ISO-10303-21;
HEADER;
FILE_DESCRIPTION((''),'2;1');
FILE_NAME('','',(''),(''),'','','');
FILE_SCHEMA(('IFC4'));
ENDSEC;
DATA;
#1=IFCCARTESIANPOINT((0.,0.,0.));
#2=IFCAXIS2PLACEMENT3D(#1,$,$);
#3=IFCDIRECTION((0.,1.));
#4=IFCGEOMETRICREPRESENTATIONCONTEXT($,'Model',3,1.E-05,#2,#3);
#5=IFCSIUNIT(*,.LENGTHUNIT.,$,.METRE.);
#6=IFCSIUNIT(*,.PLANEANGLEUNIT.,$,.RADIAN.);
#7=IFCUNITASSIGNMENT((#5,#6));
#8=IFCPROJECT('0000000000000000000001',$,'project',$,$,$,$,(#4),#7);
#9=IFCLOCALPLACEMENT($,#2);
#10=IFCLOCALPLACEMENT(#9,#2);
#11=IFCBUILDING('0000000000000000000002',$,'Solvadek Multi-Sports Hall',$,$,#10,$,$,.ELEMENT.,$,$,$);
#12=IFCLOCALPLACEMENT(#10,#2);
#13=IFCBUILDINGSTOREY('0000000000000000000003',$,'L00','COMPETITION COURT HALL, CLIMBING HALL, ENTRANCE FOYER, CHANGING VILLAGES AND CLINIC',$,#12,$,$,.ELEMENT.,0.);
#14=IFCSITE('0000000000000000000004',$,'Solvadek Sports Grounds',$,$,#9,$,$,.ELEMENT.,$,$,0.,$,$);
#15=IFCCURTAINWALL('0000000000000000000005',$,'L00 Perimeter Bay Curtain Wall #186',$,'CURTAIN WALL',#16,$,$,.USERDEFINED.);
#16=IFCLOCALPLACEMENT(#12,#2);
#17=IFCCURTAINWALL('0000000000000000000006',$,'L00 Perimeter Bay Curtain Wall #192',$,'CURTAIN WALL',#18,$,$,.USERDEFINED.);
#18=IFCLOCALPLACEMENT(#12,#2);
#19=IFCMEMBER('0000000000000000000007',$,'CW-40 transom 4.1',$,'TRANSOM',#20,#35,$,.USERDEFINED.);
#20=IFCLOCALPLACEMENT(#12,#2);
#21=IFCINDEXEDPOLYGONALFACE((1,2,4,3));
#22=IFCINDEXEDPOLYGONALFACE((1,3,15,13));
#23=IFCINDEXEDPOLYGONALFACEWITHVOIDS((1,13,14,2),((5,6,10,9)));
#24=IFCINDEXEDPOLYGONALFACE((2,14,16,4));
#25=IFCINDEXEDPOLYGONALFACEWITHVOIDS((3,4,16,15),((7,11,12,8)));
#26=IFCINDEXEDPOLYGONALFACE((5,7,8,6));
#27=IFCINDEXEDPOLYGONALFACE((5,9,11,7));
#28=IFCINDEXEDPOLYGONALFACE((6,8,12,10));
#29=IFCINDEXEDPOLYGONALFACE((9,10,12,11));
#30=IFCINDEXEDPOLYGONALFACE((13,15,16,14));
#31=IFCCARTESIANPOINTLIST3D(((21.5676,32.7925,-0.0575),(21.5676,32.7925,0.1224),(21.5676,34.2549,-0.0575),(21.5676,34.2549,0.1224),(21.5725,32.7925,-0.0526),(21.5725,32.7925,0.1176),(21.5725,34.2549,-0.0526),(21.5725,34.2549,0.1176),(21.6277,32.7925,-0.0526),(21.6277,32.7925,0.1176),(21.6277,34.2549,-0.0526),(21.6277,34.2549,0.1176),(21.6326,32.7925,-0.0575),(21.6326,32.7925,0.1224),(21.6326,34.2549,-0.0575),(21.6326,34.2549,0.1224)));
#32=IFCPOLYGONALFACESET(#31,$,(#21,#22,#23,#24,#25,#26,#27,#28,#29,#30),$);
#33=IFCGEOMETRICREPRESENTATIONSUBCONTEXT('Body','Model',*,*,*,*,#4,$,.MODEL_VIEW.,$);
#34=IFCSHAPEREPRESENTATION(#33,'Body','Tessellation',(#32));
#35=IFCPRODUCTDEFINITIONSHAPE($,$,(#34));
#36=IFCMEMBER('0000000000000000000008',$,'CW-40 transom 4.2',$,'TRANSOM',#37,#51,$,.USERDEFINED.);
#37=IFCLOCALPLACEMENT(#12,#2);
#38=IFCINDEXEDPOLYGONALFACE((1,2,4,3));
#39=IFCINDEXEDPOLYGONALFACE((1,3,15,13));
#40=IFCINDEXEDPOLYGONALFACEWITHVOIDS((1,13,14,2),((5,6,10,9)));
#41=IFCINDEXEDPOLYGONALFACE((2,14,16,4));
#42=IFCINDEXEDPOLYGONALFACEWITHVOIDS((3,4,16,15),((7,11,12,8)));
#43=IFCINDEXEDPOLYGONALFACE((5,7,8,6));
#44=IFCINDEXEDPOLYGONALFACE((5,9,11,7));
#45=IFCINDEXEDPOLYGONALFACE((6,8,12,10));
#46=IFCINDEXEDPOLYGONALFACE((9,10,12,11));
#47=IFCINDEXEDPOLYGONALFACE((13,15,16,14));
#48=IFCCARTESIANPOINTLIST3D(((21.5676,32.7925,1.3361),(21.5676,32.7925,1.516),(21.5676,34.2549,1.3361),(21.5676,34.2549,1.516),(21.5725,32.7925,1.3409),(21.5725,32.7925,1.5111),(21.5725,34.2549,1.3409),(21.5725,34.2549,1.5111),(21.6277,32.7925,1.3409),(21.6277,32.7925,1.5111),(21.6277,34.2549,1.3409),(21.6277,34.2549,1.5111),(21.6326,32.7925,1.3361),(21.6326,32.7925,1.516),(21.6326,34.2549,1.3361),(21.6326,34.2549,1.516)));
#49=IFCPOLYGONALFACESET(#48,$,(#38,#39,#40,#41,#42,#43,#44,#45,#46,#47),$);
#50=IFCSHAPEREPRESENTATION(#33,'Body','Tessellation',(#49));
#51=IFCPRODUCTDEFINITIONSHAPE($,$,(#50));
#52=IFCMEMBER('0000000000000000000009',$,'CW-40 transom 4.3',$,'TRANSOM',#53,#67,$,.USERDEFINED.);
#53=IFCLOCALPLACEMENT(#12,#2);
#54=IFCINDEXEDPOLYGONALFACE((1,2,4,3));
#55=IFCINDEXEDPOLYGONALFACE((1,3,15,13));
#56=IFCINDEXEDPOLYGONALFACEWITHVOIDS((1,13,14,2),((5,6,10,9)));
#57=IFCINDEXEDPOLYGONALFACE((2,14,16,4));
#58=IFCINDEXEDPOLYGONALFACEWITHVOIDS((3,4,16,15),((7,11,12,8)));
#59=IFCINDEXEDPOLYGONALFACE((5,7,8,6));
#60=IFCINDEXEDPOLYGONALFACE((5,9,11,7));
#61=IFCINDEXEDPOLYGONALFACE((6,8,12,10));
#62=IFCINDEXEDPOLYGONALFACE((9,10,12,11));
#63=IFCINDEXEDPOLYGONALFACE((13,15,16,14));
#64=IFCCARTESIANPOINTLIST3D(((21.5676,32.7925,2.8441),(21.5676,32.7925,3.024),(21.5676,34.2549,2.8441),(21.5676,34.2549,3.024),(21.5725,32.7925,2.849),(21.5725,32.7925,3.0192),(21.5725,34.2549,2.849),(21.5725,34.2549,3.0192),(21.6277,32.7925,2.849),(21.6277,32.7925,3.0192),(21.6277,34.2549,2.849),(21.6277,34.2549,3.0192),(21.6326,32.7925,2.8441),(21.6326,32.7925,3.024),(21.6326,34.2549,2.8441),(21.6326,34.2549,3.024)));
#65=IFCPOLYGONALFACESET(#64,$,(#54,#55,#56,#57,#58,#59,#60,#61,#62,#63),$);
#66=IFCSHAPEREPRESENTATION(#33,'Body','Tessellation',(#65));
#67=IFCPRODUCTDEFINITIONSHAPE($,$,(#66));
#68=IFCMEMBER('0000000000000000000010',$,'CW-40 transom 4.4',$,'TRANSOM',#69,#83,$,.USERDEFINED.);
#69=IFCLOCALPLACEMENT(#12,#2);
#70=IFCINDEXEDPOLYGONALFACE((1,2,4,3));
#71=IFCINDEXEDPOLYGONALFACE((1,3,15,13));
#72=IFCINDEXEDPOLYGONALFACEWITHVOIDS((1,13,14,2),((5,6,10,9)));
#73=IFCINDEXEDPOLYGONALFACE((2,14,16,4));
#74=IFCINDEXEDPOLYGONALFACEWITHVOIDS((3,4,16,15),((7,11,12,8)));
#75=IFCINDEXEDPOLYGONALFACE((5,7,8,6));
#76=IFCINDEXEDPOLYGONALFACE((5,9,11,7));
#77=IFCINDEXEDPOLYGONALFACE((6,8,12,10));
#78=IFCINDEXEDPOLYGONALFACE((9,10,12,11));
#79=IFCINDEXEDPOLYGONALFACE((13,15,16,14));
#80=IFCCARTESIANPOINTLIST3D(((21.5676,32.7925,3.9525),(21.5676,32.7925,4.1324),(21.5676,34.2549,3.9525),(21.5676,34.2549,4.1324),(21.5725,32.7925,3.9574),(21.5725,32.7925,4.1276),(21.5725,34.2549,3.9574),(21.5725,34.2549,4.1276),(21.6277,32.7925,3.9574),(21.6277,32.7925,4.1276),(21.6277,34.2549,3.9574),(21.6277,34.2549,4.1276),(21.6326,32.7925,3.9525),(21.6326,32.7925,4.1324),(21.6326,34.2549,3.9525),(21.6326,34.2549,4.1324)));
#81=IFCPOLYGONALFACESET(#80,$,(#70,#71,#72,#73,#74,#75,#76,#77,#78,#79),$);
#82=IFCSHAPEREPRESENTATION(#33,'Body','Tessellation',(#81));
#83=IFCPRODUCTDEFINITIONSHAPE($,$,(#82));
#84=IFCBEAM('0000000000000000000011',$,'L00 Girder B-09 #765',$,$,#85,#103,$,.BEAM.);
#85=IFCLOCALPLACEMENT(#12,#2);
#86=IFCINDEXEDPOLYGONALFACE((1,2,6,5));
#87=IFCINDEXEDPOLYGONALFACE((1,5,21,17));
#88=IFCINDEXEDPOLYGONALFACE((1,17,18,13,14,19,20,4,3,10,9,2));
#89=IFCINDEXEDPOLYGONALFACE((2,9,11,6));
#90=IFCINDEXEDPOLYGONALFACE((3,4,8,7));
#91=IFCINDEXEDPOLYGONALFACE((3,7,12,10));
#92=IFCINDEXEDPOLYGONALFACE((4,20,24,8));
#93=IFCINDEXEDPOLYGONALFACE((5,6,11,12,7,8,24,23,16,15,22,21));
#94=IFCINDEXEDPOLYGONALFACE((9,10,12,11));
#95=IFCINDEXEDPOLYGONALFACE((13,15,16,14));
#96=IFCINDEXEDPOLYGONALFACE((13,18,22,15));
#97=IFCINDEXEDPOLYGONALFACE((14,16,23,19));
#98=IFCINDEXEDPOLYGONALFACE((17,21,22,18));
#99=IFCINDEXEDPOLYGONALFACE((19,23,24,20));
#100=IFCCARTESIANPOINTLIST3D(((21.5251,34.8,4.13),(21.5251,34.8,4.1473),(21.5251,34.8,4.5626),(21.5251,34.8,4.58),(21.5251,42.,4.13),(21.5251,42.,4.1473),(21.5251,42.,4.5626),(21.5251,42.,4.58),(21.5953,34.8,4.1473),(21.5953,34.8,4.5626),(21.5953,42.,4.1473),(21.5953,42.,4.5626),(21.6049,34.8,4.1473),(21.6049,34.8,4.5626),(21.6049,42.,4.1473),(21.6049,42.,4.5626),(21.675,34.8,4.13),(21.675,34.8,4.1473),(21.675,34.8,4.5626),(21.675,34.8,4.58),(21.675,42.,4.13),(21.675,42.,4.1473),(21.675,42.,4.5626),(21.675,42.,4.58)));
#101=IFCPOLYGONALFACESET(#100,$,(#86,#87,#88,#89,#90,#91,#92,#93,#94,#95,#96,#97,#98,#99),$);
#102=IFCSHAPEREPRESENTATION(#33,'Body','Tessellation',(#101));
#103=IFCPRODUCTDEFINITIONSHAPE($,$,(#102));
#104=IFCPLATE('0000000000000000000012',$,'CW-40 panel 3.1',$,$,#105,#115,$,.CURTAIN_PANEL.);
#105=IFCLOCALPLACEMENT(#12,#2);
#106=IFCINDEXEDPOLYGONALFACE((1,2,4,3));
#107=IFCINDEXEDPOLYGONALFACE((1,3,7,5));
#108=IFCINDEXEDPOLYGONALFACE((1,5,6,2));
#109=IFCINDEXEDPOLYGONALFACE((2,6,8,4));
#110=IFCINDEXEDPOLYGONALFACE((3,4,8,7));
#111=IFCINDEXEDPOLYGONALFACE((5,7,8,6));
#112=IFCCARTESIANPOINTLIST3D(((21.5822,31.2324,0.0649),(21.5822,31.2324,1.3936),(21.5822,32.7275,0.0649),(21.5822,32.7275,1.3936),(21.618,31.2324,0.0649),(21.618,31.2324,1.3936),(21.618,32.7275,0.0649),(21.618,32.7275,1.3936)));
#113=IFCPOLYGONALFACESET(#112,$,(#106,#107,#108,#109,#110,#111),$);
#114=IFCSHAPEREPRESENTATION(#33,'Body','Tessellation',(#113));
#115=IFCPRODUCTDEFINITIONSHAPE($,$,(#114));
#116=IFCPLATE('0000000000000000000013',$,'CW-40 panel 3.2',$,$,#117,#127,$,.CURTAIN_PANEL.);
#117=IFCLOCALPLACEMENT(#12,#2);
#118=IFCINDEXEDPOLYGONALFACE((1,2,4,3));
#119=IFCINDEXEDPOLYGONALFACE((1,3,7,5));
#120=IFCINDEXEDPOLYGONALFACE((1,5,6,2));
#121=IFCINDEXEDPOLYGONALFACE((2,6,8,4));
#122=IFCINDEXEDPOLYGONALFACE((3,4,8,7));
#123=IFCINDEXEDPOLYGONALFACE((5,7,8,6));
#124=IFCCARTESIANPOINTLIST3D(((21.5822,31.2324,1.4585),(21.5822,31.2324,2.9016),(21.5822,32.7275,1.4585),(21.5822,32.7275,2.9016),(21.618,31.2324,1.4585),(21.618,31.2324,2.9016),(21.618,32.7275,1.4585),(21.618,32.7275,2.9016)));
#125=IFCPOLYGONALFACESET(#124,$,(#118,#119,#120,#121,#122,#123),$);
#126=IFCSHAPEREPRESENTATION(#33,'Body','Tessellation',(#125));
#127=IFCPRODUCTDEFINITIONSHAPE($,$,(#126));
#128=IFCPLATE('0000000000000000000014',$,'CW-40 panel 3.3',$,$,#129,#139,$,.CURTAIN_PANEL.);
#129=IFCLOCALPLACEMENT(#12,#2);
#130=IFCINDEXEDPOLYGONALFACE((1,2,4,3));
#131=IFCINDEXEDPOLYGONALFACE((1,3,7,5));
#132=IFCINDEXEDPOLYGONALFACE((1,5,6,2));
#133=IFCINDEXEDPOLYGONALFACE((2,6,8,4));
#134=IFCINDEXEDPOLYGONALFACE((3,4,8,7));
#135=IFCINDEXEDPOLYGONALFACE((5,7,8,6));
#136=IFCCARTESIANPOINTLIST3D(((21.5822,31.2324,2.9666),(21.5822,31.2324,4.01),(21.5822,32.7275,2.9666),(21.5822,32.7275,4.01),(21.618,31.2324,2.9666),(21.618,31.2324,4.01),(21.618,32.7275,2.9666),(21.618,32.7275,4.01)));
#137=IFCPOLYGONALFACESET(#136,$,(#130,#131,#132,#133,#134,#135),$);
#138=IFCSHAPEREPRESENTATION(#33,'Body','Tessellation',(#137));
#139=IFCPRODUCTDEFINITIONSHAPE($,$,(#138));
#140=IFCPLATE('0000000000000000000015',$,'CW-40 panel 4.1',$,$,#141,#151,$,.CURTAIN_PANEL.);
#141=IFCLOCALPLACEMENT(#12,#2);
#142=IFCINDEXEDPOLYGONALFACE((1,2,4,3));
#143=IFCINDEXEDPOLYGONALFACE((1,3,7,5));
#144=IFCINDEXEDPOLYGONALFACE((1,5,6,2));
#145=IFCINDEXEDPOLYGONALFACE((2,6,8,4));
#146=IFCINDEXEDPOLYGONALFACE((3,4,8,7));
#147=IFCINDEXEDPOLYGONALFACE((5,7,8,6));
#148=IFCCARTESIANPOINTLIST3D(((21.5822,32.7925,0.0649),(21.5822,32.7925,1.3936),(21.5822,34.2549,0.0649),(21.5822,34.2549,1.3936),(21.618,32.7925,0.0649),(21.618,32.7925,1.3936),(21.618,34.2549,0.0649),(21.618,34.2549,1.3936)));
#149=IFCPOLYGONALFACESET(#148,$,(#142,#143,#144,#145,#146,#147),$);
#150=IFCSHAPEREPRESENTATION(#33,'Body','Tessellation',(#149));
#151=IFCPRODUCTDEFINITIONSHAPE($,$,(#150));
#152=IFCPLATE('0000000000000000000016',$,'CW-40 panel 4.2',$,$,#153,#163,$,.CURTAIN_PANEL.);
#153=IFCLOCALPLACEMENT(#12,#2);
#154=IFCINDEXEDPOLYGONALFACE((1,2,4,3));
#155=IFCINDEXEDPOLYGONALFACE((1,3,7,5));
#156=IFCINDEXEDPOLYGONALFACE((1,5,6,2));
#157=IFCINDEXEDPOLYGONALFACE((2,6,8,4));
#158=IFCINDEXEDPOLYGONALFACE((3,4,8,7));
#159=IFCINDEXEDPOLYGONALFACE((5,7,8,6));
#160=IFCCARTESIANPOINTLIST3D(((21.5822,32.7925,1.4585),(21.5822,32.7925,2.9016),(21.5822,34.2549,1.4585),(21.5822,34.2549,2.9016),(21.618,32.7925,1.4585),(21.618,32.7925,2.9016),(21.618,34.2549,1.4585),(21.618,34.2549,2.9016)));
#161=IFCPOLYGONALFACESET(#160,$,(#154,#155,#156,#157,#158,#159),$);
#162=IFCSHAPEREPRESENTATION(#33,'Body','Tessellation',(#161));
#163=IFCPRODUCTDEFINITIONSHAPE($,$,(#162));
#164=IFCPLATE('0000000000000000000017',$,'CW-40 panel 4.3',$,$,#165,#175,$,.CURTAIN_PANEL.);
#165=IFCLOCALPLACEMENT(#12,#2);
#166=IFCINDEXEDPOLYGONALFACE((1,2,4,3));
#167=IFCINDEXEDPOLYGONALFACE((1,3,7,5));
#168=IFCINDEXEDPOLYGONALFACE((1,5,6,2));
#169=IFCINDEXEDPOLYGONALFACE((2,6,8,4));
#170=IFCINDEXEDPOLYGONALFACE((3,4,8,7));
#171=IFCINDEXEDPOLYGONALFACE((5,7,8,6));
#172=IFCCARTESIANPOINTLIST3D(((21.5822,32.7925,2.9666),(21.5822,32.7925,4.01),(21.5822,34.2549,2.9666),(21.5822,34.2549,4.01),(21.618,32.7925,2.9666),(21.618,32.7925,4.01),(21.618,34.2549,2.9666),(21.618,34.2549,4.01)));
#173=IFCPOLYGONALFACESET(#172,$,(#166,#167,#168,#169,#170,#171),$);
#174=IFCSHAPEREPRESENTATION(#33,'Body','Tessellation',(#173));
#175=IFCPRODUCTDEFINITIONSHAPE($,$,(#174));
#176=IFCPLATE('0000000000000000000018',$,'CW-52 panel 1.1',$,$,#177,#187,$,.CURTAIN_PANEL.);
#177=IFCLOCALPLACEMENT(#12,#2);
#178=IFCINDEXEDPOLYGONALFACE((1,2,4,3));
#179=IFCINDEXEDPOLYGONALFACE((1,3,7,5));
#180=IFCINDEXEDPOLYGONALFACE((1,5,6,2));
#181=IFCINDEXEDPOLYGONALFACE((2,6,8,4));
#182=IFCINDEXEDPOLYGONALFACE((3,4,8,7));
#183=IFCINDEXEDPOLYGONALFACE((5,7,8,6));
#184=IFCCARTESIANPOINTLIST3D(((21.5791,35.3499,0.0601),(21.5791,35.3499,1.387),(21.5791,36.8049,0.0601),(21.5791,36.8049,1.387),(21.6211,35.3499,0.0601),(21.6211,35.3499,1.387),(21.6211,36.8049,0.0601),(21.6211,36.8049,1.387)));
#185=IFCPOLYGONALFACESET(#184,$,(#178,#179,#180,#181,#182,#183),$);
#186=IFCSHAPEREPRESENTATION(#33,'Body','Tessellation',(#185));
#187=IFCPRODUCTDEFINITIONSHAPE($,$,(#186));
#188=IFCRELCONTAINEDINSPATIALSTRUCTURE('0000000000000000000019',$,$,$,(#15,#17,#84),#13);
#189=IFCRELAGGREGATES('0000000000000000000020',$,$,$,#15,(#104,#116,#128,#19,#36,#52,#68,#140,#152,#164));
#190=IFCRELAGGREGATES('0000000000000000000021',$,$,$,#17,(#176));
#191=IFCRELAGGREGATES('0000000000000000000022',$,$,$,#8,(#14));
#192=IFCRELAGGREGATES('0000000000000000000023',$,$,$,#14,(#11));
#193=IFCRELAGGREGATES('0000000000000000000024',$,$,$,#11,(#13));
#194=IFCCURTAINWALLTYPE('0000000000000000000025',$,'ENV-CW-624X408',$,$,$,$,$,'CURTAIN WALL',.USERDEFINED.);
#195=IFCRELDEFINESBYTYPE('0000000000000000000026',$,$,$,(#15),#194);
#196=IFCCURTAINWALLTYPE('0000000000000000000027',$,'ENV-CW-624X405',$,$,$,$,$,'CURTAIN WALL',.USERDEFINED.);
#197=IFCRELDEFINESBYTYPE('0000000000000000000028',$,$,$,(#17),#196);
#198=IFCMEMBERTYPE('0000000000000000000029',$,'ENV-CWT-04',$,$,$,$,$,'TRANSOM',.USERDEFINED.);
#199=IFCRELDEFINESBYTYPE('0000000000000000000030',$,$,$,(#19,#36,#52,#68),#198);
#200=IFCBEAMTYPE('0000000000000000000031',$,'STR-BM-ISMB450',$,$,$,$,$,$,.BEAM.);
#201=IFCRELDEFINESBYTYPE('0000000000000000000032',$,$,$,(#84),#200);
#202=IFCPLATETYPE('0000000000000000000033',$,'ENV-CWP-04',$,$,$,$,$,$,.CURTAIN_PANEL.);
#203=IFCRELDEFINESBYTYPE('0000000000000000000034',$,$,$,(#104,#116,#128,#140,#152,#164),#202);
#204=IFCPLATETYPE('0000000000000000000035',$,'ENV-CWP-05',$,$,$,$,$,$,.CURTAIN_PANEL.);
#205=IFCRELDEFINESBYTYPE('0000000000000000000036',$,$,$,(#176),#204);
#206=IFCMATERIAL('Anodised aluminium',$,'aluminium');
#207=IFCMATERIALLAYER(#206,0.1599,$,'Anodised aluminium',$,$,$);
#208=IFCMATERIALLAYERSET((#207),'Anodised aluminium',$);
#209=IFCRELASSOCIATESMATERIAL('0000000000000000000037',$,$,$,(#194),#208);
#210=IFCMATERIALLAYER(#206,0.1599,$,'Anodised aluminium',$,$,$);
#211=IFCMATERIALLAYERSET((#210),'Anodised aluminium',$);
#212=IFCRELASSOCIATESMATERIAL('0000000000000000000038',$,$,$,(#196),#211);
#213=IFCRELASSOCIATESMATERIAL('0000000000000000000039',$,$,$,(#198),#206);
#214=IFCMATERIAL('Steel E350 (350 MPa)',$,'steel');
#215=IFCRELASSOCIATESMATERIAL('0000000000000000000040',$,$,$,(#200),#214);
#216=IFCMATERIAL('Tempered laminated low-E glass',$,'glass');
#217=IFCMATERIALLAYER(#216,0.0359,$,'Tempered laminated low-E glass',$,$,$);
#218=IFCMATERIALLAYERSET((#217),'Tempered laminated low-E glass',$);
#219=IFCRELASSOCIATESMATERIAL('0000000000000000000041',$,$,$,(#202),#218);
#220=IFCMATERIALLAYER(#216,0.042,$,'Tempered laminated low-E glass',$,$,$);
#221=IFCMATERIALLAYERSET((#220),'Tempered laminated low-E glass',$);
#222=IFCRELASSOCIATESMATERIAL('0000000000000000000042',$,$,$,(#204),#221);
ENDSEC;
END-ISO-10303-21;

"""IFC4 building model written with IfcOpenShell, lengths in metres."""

from ifc_helpers import new_model, si_unit, direction, frame, origin, origin_2d, place, context, subcontext, project, spatial, rectangle, hollow_rectangle, i_section, extrude, material, layer, layer_set, material_profile, profile_set, type_object, element, aggregate, save


model = new_model("IFC4")

# Units and contexts
model_context = context("Model", 3, precision=1e-05, world=origin(), true_north=direction((0.0, 1.0)))
body_context = subcontext(model_context, "Body", "Model", "MODEL_VIEW")
ifc_project = project(units=[si_unit("LENGTHUNIT", "METRE"), si_unit("PLANEANGLEUNIT", "RADIAN")], contexts=[model_context])

# Site, building, storey
site_placement = place(None, origin())
site = spatial("IfcSite", under=ifc_project, at=site_placement, Name="Solvadek Sports Grounds", CompositionType="ELEMENT", RefElevation=0.0)
building_placement = place(site_placement, origin())
building = spatial("IfcBuilding", under=site, at=building_placement, Name="Solvadek Multi-Sports Hall", CompositionType="ELEMENT")
storey_placement = place(building_placement, origin())
storey = spatial("IfcBuildingStorey", under=building, at=storey_placement, Name="L00", Description="COMPETITION COURT HALL, CLIMBING HALL, ENTRANCE FOYER, CHANGING VILLAGES AND CLINIC", CompositionType="ELEMENT", Elevation=0.0)

# Shared definitions
ifc_material_1 = material(Name="Steel E350 (350 MPa)", Category="steel")

# Curtain walls
ifc_material_2 = material(Name="Anodised aluminium", Category="aluminium")
ifc_layer_1 = layer(ifc_material_2, 0.1599, Name="Anodised aluminium")
ifc_layer_set_1 = layer_set([ifc_layer_1], Name="Anodised aluminium")
curtain_wall_type_1 = type_object("IfcCurtainWallType", Name="ENV-CW-624X408", ElementType="CURTAIN WALL", PredefinedType="USERDEFINED", material=ifc_layer_set_1)
curtain_wall_1_placement = place(storey_placement, origin())
curtain_wall_1 = element("IfcCurtainWall", 1, at=curtain_wall_1_placement, inside=storey, type_object=curtain_wall_type_1, Name="L00 Perimeter Bay Curtain Wall #186", ObjectType="CURTAIN WALL", PredefinedType="USERDEFINED")
ifc_layer_2 = layer(ifc_material_2, 0.1599, Name="Anodised aluminium")
ifc_layer_set_2 = layer_set([ifc_layer_2], Name="Anodised aluminium")
curtain_wall_type_2 = type_object("IfcCurtainWallType", Name="ENV-CW-624X405", ElementType="CURTAIN WALL", PredefinedType="USERDEFINED", material=ifc_layer_set_2)
curtain_wall_2_placement = place(storey_placement, origin())
curtain_wall_2 = element("IfcCurtainWall", 2, at=curtain_wall_2_placement, inside=storey, type_object=curtain_wall_type_2, Name="L00 Perimeter Bay Curtain Wall #192", ObjectType="CURTAIN WALL", PredefinedType="USERDEFINED")

# Members
ifc_material_profile_1 = material_profile(ifc_material_2, hollow_rectangle(XDim=0.0649, YDim=0.1799, WallThickness=0.0049, at=origin_2d()), Name="ALU-T 180x65x5")
ifc_profile_set_1 = profile_set([ifc_material_profile_1], Name="Anodised aluminium")
member_type_1 = type_object("IfcMemberType", Name="ENV-CWT-04", ElementType="TRANSOM", PredefinedType="USERDEFINED", material=ifc_profile_set_1)
member_1_placement = place(storey_placement, frame((21.6001, 32.7925, 0.0325), z_axis=(0.0, 1.0, 0.0), x_axis=(-1.0, 0.0, 0.0)))
member_1 = element("IfcMember", 3, at=member_1_placement, type_object=member_type_1, Name="CW-40 transom 4.1", ObjectType="TRANSOM", PredefinedType="USERDEFINED", context=body_context, shape_type="SweptSolid", body=[
    extrude(hollow_rectangle(XDim=0.0649, YDim=0.1799, WallThickness=0.0049, at=origin_2d()), origin(), (0.0, 0.0, 1.0), 1.4624),
])
member_2_placement = place(storey_placement, frame((21.6001, 32.7925, 1.426), z_axis=(0.0, 1.0, 0.0), x_axis=(-1.0, 0.0, 0.0)))
member_2 = element("IfcMember", 4, at=member_2_placement, type_object=member_type_1, Name="CW-40 transom 4.2", ObjectType="TRANSOM", PredefinedType="USERDEFINED", context=body_context, shape_type="SweptSolid", body=[
    extrude(hollow_rectangle(XDim=0.0649, YDim=0.1799, WallThickness=0.0049, at=origin_2d()), origin(), (0.0, 0.0, 1.0), 1.4624),
])
member_3_placement = place(storey_placement, frame((21.6001, 32.7925, 2.9341), z_axis=(0.0, 1.0, 0.0), x_axis=(-1.0, 0.0, 0.0)))
member_3 = element("IfcMember", 5, at=member_3_placement, type_object=member_type_1, Name="CW-40 transom 4.3", ObjectType="TRANSOM", PredefinedType="USERDEFINED", context=body_context, shape_type="SweptSolid", body=[
    extrude(hollow_rectangle(XDim=0.0649, YDim=0.1799, WallThickness=0.0049, at=origin_2d()), origin(), (0.0, 0.0, 1.0), 1.4624),
])
member_4_placement = place(storey_placement, frame((21.6001, 32.7925, 4.0425), z_axis=(0.0, 1.0, 0.0), x_axis=(-1.0, 0.0, 0.0)))
member_4 = element("IfcMember", 6, at=member_4_placement, type_object=member_type_1, Name="CW-40 transom 4.4", ObjectType="TRANSOM", PredefinedType="USERDEFINED", context=body_context, shape_type="SweptSolid", body=[
    extrude(hollow_rectangle(XDim=0.0649, YDim=0.1799, WallThickness=0.0049, at=origin_2d()), origin(), (0.0, 0.0, 1.0), 1.4624),
])

# Beam
ifc_material_profile_2 = material_profile(ifc_material_1, i_section(OverallWidth=0.1499, OverallDepth=0.45, WebThickness=0.0095, FlangeThickness=0.0173, at=origin_2d()), Name="ISMB 450")
ifc_profile_set_2 = profile_set([ifc_material_profile_2], Name="Steel E350 (350 MPa)")
beam_type = type_object("IfcBeamType", Name="STR-BM-ISMB450", PredefinedType="BEAM", material=ifc_profile_set_2)
beam_placement = place(storey_placement, frame((21.6001, 34.8, 4.355), z_axis=(0.0, 1.0, 0.0), x_axis=(-1.0, 0.0, 0.0)))
element("IfcBeam", 7, at=beam_placement, inside=storey, type_object=beam_type, Name="L00 Girder B-09 #765", PredefinedType="BEAM", context=body_context, shape_type="SweptSolid", body=[
    extrude(i_section(OverallWidth=0.1499, OverallDepth=0.45, WebThickness=0.0095, FlangeThickness=0.0173, at=origin_2d()), origin(), (0.0, 0.0, 1.0), 7.2),
])

# Plates
ifc_material_3 = material(Name="Tempered laminated low-E glass", Category="glass")
ifc_layer_3 = layer(ifc_material_3, 0.0359, Name="Tempered laminated low-E glass")
ifc_layer_set_3 = layer_set([ifc_layer_3], Name="Tempered laminated low-E glass")
plate_type_1 = type_object("IfcPlateType", Name="ENV-CWP-04", PredefinedType="CURTAIN_PANEL", material=ifc_layer_set_3)
plate_1_placement = place(storey_placement, frame((21.6001, 31.98, 0.0649), z_axis=(0.0, 0.0, 1.0), x_axis=(0.0, 1.0, 0.0)))
plate_1 = element("IfcPlate", 8, at=plate_1_placement, type_object=plate_type_1, Name="CW-40 panel 3.1", PredefinedType="CURTAIN_PANEL", context=body_context, shape_type="SweptSolid", body=[
    extrude(rectangle(XDim=1.4951, YDim=0.0359, at=origin_2d()), origin(), (0.0, 0.0, 1.0), 1.3286),
])
plate_2_placement = place(storey_placement, frame((21.6001, 31.98, 1.4585), z_axis=(0.0, 0.0, 1.0), x_axis=(0.0, 1.0, 0.0)))
plate_2 = element("IfcPlate", 9, at=plate_2_placement, type_object=plate_type_1, Name="CW-40 panel 3.2", PredefinedType="CURTAIN_PANEL", context=body_context, shape_type="SweptSolid", body=[
    extrude(rectangle(XDim=1.4951, YDim=0.0359, at=origin_2d()), origin(), (0.0, 0.0, 1.0), 1.4431),
])
plate_3_placement = place(storey_placement, frame((21.6001, 31.98, 2.9666), z_axis=(0.0, 0.0, 1.0), x_axis=(0.0, 1.0, 0.0)))
plate_3 = element("IfcPlate", 10, at=plate_3_placement, type_object=plate_type_1, Name="CW-40 panel 3.3", PredefinedType="CURTAIN_PANEL", context=body_context, shape_type="SweptSolid", body=[
    extrude(rectangle(XDim=1.4951, YDim=0.0359, at=origin_2d()), origin(), (0.0, 0.0, 1.0), 1.0435),
])
plate_4_placement = place(storey_placement, frame((21.6001, 33.5237, 0.0649), z_axis=(0.0, 0.0, 1.0), x_axis=(0.0, 1.0, 0.0)))
plate_4 = element("IfcPlate", 11, at=plate_4_placement, type_object=plate_type_1, Name="CW-40 panel 4.1", PredefinedType="CURTAIN_PANEL", context=body_context, shape_type="SweptSolid", body=[
    extrude(rectangle(XDim=1.4624, YDim=0.0359, at=origin_2d()), origin(), (0.0, 0.0, 1.0), 1.3286),
])
plate_5_placement = place(storey_placement, frame((21.6001, 33.5237, 1.4585), z_axis=(0.0, 0.0, 1.0), x_axis=(0.0, 1.0, 0.0)))
plate_5 = element("IfcPlate", 12, at=plate_5_placement, type_object=plate_type_1, Name="CW-40 panel 4.2", PredefinedType="CURTAIN_PANEL", context=body_context, shape_type="SweptSolid", body=[
    extrude(rectangle(XDim=1.4624, YDim=0.0359, at=origin_2d()), origin(), (0.0, 0.0, 1.0), 1.4431),
])
plate_6_placement = place(storey_placement, frame((21.6001, 33.5237, 2.9666), z_axis=(0.0, 0.0, 1.0), x_axis=(0.0, 1.0, 0.0)))
plate_6 = element("IfcPlate", 13, at=plate_6_placement, type_object=plate_type_1, Name="CW-40 panel 4.3", PredefinedType="CURTAIN_PANEL", context=body_context, shape_type="SweptSolid", body=[
    extrude(rectangle(XDim=1.4624, YDim=0.0359, at=origin_2d()), origin(), (0.0, 0.0, 1.0), 1.0435),
])
aggregate(curtain_wall_1, [plate_1, plate_2, plate_3, member_1, member_2, member_3, member_4, plate_4, plate_5, plate_6])
ifc_layer_4 = layer(ifc_material_3, 0.042, Name="Tempered laminated low-E glass")
ifc_layer_set_4 = layer_set([ifc_layer_4], Name="Tempered laminated low-E glass")
plate_type_2 = type_object("IfcPlateType", Name="ENV-CWP-05", PredefinedType="CURTAIN_PANEL", material=ifc_layer_set_4)
plate_7_placement = place(storey_placement, frame((21.6001, 36.0774, 0.0601), z_axis=(0.0, 0.0, 1.0), x_axis=(0.0, 1.0, 0.0)))
plate_7 = element("IfcPlate", 14, at=plate_7_placement, type_object=plate_type_2, Name="CW-52 panel 1.1", PredefinedType="CURTAIN_PANEL", context=body_context, shape_type="SweptSolid", body=[
    extrude(rectangle(XDim=1.4551, YDim=0.042, at=origin_2d()), origin(), (0.0, 0.0, 1.0), 1.3269),
])
aggregate(curtain_wall_2, [plate_7])

save(model, "model.ifc")
